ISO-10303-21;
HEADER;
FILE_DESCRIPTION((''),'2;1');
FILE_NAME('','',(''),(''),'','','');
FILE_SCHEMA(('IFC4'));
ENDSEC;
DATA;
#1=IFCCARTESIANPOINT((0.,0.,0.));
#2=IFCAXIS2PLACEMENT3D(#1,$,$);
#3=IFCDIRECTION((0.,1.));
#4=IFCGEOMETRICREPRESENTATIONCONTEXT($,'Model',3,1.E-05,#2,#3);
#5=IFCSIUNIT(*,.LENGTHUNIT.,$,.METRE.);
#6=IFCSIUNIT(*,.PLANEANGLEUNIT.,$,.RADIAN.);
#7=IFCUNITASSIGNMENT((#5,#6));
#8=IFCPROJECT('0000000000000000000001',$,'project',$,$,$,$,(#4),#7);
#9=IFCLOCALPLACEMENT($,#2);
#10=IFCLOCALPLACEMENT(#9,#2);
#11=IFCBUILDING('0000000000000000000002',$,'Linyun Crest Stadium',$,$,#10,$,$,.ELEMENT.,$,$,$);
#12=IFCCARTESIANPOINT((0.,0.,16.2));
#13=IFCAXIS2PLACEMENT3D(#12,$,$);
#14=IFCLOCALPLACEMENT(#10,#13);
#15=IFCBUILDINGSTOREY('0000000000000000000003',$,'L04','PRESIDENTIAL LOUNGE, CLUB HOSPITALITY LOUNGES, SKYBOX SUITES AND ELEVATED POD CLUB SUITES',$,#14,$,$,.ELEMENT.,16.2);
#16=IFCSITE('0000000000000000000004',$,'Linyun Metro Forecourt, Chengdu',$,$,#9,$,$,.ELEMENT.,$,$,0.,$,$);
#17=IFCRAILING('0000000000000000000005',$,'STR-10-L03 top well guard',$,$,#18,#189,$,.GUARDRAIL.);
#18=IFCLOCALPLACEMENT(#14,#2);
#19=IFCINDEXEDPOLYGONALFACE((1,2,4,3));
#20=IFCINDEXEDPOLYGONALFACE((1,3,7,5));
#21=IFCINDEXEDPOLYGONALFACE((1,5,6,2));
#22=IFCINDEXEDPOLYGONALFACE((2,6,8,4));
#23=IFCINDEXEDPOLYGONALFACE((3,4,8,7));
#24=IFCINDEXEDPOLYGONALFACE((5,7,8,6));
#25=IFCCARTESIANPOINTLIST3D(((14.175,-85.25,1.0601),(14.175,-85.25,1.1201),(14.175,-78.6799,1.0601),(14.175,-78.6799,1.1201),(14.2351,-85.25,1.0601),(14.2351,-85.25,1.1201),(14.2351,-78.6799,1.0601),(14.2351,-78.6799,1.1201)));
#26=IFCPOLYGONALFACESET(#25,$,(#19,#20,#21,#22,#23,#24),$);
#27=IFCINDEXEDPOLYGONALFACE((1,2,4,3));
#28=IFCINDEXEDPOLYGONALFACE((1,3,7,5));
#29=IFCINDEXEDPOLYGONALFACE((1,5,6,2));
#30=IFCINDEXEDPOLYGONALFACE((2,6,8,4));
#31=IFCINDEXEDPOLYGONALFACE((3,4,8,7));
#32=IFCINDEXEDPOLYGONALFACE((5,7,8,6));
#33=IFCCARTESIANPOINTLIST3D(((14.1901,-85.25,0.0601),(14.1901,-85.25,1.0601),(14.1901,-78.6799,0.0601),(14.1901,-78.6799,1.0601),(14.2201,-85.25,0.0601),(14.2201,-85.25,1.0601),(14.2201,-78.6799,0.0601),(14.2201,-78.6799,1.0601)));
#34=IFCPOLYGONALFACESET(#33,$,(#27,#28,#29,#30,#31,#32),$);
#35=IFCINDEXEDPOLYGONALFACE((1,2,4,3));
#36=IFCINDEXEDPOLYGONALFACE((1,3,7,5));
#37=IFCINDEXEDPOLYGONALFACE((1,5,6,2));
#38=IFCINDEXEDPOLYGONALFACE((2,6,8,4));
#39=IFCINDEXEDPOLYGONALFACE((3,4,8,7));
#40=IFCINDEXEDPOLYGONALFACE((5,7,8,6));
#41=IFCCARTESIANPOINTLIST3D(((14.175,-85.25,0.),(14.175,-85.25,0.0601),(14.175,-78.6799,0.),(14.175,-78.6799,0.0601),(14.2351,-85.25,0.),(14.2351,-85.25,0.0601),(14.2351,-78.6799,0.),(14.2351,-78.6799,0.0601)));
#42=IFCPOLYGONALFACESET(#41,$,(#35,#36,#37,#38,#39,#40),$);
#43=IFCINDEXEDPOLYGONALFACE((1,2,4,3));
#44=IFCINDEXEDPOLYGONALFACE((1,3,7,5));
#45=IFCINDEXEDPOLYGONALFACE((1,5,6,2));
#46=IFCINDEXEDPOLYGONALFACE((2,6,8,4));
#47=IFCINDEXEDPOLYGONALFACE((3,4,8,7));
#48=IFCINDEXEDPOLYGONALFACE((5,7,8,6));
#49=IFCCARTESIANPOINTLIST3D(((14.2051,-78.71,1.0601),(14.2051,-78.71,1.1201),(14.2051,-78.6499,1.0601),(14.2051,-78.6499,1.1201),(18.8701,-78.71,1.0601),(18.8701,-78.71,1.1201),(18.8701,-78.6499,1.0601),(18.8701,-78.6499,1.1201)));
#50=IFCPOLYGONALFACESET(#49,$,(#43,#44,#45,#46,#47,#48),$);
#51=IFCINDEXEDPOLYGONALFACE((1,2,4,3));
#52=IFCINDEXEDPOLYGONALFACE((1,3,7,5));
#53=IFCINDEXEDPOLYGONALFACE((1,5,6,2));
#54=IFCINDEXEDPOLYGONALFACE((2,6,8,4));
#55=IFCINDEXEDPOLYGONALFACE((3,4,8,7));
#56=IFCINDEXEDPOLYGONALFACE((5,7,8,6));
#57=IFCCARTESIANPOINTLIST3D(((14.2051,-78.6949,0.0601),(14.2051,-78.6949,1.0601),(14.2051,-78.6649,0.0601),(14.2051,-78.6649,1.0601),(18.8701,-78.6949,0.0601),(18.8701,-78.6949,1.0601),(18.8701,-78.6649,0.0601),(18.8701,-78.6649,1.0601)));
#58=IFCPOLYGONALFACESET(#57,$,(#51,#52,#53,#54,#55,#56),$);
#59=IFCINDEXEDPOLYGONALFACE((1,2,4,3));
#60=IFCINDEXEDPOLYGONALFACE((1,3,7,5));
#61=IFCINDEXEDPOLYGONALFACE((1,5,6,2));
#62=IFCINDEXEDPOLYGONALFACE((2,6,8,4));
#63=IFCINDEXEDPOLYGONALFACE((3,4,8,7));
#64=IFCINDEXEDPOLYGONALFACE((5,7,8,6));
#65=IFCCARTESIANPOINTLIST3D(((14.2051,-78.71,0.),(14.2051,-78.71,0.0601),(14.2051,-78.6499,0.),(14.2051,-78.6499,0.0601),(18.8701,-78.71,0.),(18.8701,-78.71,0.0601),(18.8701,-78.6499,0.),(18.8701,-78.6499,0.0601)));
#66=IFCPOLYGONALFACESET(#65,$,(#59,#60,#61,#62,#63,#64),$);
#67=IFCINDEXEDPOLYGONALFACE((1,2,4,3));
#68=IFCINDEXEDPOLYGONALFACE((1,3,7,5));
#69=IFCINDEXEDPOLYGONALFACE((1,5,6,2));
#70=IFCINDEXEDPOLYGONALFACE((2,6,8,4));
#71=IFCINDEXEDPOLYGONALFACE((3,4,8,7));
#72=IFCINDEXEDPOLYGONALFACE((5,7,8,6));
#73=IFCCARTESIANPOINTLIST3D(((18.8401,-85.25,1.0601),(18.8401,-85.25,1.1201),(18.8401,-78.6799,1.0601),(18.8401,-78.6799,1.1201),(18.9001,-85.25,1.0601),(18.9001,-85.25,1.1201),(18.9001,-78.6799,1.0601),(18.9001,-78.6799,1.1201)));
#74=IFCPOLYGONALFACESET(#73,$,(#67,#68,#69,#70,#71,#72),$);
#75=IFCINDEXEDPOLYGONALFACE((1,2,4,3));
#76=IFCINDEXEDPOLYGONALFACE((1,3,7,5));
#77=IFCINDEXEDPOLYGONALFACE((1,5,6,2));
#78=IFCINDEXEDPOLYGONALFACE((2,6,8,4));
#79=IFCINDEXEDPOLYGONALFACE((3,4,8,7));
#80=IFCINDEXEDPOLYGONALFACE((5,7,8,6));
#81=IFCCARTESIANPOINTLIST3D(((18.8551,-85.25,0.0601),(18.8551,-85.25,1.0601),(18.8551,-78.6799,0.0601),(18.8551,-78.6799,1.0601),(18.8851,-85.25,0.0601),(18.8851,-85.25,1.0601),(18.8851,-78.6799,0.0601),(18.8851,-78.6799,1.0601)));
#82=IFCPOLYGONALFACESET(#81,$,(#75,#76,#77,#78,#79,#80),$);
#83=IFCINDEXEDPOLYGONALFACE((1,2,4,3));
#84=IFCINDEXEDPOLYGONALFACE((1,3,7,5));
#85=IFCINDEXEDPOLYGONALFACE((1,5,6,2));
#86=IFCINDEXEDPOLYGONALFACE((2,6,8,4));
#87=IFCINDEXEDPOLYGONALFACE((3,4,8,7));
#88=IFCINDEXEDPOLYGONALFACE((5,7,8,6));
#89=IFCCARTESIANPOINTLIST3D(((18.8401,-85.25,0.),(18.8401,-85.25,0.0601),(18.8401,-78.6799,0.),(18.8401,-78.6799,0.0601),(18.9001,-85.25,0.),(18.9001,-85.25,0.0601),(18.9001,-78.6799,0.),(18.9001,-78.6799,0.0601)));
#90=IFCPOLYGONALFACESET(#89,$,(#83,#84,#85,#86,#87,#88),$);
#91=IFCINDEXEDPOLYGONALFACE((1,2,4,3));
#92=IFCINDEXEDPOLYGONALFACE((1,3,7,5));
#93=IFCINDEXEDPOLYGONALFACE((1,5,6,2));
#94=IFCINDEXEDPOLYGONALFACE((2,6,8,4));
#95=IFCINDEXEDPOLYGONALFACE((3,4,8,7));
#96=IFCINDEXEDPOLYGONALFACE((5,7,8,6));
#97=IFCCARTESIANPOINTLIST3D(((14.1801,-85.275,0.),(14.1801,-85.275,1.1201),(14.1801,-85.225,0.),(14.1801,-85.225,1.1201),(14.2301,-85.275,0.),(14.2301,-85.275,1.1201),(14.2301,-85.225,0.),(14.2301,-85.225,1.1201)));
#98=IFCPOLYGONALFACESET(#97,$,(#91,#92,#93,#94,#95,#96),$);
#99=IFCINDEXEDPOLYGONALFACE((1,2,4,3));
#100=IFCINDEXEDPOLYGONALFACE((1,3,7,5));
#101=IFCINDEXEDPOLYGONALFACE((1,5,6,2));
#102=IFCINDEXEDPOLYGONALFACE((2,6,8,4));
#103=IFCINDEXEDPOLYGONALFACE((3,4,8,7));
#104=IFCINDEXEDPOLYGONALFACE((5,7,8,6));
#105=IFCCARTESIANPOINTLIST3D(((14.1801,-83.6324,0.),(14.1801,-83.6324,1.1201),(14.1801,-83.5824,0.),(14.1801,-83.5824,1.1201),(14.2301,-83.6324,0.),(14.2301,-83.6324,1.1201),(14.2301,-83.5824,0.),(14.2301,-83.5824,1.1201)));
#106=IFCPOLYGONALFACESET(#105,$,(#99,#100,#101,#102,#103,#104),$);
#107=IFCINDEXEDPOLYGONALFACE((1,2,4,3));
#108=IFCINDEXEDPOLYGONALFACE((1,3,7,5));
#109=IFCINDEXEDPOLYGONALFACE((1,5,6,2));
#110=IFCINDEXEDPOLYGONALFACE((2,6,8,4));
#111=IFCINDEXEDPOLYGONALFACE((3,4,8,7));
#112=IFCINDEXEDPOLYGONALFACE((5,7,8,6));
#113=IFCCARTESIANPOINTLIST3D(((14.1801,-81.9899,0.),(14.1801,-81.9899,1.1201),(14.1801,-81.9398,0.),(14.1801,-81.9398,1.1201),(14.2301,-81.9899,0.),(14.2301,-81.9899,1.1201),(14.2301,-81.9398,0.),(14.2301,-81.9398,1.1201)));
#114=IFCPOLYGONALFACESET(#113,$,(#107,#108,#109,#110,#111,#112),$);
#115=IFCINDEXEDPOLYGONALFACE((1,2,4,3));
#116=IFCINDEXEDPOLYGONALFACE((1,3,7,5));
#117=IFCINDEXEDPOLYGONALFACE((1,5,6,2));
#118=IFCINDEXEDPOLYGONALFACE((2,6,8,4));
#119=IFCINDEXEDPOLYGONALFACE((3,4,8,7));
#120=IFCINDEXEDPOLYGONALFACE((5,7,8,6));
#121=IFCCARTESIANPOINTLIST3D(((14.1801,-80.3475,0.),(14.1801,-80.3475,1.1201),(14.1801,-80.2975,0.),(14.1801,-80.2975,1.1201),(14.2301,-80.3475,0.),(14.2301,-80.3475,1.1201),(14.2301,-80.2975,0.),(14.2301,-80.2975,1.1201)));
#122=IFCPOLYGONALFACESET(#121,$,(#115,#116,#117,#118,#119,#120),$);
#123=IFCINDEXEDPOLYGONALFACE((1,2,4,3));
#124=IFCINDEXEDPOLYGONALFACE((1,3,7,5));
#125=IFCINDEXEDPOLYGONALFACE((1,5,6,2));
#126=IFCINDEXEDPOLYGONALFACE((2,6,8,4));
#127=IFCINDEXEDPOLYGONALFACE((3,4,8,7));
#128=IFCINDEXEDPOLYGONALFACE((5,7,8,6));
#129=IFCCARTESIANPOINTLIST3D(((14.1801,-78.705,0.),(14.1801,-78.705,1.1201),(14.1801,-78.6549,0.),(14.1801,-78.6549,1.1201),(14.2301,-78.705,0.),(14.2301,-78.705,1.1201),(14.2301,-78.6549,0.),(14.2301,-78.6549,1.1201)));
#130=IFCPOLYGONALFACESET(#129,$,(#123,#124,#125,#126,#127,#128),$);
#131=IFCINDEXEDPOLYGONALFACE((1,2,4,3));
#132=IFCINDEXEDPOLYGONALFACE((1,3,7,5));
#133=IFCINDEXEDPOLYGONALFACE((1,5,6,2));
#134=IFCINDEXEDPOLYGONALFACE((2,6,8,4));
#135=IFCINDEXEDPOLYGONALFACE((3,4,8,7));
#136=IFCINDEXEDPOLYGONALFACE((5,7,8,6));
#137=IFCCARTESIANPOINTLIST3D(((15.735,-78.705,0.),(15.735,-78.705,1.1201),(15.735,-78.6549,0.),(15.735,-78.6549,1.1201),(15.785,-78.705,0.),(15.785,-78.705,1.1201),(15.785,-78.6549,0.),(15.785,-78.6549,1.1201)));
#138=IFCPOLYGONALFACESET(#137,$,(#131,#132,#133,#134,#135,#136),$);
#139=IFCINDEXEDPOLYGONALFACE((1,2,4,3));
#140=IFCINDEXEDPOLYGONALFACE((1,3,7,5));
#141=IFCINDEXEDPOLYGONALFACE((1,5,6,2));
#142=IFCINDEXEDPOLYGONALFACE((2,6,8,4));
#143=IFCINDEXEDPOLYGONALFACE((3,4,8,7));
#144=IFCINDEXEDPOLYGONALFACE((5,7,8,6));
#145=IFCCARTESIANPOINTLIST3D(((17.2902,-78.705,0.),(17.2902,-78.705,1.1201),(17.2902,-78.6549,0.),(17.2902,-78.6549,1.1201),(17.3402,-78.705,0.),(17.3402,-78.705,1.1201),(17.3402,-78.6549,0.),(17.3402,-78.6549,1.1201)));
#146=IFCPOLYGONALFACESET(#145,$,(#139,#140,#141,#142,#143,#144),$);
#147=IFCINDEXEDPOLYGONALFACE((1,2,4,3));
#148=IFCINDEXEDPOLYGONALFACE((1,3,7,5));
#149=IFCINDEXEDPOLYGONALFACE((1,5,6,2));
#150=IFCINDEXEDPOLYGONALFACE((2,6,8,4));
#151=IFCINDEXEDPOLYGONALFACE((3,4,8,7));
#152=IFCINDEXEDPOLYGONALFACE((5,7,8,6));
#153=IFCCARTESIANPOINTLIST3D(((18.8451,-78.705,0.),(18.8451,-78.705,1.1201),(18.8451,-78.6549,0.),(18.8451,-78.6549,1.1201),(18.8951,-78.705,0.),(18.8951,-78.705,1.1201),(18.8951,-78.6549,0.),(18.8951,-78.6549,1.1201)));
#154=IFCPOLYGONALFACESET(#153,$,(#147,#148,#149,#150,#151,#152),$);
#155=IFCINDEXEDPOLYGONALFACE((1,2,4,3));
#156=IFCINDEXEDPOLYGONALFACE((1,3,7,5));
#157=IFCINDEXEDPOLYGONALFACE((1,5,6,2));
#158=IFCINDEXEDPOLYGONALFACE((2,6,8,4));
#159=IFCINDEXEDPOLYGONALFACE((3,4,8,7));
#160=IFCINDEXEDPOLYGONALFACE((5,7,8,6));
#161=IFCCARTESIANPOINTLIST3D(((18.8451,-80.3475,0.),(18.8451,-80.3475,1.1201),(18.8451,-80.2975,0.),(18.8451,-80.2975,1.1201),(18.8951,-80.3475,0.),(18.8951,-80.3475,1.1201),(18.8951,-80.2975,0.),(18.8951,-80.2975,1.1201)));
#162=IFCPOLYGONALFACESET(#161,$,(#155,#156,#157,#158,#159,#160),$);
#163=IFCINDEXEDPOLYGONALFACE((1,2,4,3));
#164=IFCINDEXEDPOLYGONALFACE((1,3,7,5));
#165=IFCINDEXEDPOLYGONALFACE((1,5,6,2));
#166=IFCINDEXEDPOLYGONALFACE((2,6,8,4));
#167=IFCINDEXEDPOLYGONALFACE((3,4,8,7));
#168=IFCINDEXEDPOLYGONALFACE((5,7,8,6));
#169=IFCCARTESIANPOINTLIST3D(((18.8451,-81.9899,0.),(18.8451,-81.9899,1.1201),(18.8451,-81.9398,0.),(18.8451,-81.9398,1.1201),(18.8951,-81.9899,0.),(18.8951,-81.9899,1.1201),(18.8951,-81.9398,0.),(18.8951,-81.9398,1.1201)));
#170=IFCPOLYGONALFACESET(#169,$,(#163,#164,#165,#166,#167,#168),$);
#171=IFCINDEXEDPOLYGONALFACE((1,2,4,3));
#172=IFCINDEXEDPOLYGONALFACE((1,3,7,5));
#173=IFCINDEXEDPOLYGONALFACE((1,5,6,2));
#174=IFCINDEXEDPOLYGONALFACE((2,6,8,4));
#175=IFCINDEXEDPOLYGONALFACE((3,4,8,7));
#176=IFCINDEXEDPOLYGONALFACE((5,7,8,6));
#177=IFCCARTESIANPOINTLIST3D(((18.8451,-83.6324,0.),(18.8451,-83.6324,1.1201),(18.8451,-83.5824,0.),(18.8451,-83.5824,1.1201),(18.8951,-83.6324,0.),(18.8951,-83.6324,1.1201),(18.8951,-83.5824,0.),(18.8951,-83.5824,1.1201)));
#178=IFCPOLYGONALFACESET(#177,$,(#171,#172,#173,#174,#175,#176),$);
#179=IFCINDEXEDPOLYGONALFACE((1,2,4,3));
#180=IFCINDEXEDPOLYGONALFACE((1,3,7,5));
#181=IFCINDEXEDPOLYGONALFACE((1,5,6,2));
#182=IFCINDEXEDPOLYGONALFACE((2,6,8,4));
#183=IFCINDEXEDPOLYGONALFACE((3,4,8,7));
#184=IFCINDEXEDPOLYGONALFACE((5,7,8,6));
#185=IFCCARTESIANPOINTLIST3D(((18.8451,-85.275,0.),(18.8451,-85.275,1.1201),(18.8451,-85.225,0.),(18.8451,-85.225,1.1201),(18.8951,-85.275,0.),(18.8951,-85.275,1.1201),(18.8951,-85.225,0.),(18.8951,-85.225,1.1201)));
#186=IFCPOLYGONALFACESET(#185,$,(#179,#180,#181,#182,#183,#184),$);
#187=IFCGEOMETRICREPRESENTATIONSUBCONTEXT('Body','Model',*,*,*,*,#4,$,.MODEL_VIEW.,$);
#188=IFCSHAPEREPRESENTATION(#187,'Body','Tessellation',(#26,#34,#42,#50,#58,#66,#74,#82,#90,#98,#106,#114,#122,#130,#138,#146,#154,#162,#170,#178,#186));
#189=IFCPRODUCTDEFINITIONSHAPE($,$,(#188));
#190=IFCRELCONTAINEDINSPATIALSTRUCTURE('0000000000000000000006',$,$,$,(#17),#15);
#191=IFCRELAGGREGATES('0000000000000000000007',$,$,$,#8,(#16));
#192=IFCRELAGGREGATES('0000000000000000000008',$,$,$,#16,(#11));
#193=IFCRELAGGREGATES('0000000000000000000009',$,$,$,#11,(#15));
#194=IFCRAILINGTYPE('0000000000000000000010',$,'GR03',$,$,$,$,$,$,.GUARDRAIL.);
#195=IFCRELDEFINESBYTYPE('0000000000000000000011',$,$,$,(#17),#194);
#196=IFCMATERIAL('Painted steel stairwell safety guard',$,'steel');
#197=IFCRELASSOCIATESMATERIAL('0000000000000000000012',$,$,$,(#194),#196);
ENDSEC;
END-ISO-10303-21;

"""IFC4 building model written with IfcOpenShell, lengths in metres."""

from ifc_helpers import new_model, si_unit, direction, frame, origin, origin_2d, place, context, subcontext, project, spatial, rectangle, extrude, material, type_object, element, save


model = new_model("IFC4")

# Units and contexts
model_context = context("Model", 3, precision=1e-05, world=origin(), true_north=direction((0.0, 1.0)))
body_context = subcontext(model_context, "Body", "Model", "MODEL_VIEW")
ifc_project = project(units=[si_unit("LENGTHUNIT", "METRE"), si_unit("PLANEANGLEUNIT", "RADIAN")], contexts=[model_context])

# Site, building, storey
site_placement = place(None, origin())
site = spatial("IfcSite", under=ifc_project, at=site_placement, Name="Linyun Metro Forecourt, Chengdu", CompositionType="ELEMENT", RefElevation=0.0)
building_placement = place(site_placement, origin())
building = spatial("IfcBuilding", under=site, at=building_placement, Name="Linyun Crest Stadium", CompositionType="ELEMENT")
storey_placement = place(building_placement, frame((0.0, 0.0, 16.2)))
storey = spatial("IfcBuildingStorey", under=building, at=storey_placement, Name="L04", Description="PRESIDENTIAL LOUNGE, CLUB HOSPITALITY LOUNGES, SKYBOX SUITES AND ELEVATED POD CLUB SUITES", CompositionType="ELEMENT", Elevation=16.2)

# Railing
ifc_material_1 = material(Name="Painted steel stairwell safety guard", Category="steel")
railing_type_1 = type_object("IfcRailingType", Name="GR03", PredefinedType="GUARDRAIL", material=ifc_material_1)
railing_1_placement = place(storey_placement, frame((14.2051, -85.25, 0.0)))
element("IfcRailing", 1, at=railing_1_placement, inside=storey, type_object=railing_type_1, Name="STR-10-L03 top well guard", PredefinedType="GUARDRAIL", context=body_context, shape_type="SweptSolid", body=[
    extrude(rectangle(XDim=0.0601, YDim=0.0601, at=origin_2d()), frame((0.0, 0.0, 1.0901), z_axis=(0.0, 1.0, 0.0), x_axis=(-1.0, 0.0, 0.0)), (0.0, 0.0, 1.0), 6.5701),
    extrude(rectangle(XDim=0.03, YDim=1.0, at=origin_2d()), frame((0.0, 0.0, 0.5601), z_axis=(0.0, 1.0, 0.0), x_axis=(-1.0, 0.0, 0.0)), (0.0, 0.0, 1.0), 6.5701),
    extrude(rectangle(XDim=0.0601, YDim=0.0601, at=origin_2d()), frame((0.0, 0.0, 0.03), z_axis=(0.0, 1.0, 0.0), x_axis=(-1.0, 0.0, 0.0)), (0.0, 0.0, 1.0), 6.5701),
    extrude(rectangle(XDim=0.0601, YDim=0.0601, at=origin_2d()), frame((0.0, 6.5701, 1.0901), z_axis=(1.0, 0.0, 0.0), x_axis=(0.0, 1.0, 0.0)), (0.0, 0.0, 1.0), 4.665),
    extrude(rectangle(XDim=0.03, YDim=1.0, at=origin_2d()), frame((0.0, 6.5701, 0.5601), z_axis=(1.0, 0.0, 0.0), x_axis=(0.0, 1.0, 0.0)), (0.0, 0.0, 1.0), 4.665),
    extrude(rectangle(XDim=0.0601, YDim=0.0601, at=origin_2d()), frame((0.0, 6.5701, 0.03), z_axis=(1.0, 0.0, 0.0), x_axis=(0.0, 1.0, 0.0)), (0.0, 0.0, 1.0), 4.665),
    extrude(rectangle(XDim=0.0601, YDim=0.0601, at=origin_2d()), frame((4.665, 6.5701, 1.0901), z_axis=(0.0, -1.0, 0.0), x_axis=(1.0, 0.0, 0.0)), (0.0, 0.0, 1.0), 6.5701),
    extrude(rectangle(XDim=0.03, YDim=1.0, at=origin_2d()), frame((4.665, 6.5701, 0.5601), z_axis=(0.0, -1.0, 0.0), x_axis=(1.0, 0.0, 0.0)), (0.0, 0.0, 1.0), 6.5701),
    extrude(rectangle(XDim=0.0601, YDim=0.0601, at=origin_2d()), frame((4.665, 6.5701, 0.03), z_axis=(0.0, -1.0, 0.0), x_axis=(1.0, 0.0, 0.0)), (0.0, 0.0, 1.0), 6.5701),
    extrude(rectangle(XDim=0.05, YDim=0.05, at=origin_2d()), origin(), (0.0, 0.0, 1.0), 1.1201),
    extrude(rectangle(XDim=0.05, YDim=0.05, at=origin_2d()), frame((0.0, 1.6426, 0.0)), (0.0, 0.0, 1.0), 1.1201),
    extrude(rectangle(XDim=0.05, YDim=0.05, at=origin_2d()), frame((0.0, 3.2852, 0.0)), (0.0, 0.0, 1.0), 1.1201),
    extrude(rectangle(XDim=0.05, YDim=0.05, at=origin_2d()), frame((0.0, 4.9275, 0.0)), (0.0, 0.0, 1.0), 1.1201),
    extrude(rectangle(XDim=0.05, YDim=0.05, at=origin_2d()), frame((0.0, 6.5701, 0.0)), (0.0, 0.0, 1.0), 1.1201),
    extrude(rectangle(XDim=0.05, YDim=0.05, at=origin_2d()), frame((1.5549, 6.5701, 0.0)), (0.0, 0.0, 1.0), 1.1201),
    extrude(rectangle(XDim=0.05, YDim=0.05, at=origin_2d()), frame((3.1101, 6.5701, 0.0)), (0.0, 0.0, 1.0), 1.1201),
    extrude(rectangle(XDim=0.05, YDim=0.05, at=origin_2d()), frame((4.665, 6.5701, 0.0)), (0.0, 0.0, 1.0), 1.1201),
    extrude(rectangle(XDim=0.05, YDim=0.05, at=origin_2d()), frame((4.665, 4.9275, 0.0)), (0.0, 0.0, 1.0), 1.1201),
    extrude(rectangle(XDim=0.05, YDim=0.05, at=origin_2d()), frame((4.665, 3.2852, 0.0)), (0.0, 0.0, 1.0), 1.1201),
    extrude(rectangle(XDim=0.05, YDim=0.05, at=origin_2d()), frame((4.665, 1.6426, 0.0)), (0.0, 0.0, 1.0), 1.1201),
    extrude(rectangle(XDim=0.05, YDim=0.05, at=origin_2d()), frame((4.665, 0.0, 0.0)), (0.0, 0.0, 1.0), 1.1201),
])

save(model, "model.ifc")
